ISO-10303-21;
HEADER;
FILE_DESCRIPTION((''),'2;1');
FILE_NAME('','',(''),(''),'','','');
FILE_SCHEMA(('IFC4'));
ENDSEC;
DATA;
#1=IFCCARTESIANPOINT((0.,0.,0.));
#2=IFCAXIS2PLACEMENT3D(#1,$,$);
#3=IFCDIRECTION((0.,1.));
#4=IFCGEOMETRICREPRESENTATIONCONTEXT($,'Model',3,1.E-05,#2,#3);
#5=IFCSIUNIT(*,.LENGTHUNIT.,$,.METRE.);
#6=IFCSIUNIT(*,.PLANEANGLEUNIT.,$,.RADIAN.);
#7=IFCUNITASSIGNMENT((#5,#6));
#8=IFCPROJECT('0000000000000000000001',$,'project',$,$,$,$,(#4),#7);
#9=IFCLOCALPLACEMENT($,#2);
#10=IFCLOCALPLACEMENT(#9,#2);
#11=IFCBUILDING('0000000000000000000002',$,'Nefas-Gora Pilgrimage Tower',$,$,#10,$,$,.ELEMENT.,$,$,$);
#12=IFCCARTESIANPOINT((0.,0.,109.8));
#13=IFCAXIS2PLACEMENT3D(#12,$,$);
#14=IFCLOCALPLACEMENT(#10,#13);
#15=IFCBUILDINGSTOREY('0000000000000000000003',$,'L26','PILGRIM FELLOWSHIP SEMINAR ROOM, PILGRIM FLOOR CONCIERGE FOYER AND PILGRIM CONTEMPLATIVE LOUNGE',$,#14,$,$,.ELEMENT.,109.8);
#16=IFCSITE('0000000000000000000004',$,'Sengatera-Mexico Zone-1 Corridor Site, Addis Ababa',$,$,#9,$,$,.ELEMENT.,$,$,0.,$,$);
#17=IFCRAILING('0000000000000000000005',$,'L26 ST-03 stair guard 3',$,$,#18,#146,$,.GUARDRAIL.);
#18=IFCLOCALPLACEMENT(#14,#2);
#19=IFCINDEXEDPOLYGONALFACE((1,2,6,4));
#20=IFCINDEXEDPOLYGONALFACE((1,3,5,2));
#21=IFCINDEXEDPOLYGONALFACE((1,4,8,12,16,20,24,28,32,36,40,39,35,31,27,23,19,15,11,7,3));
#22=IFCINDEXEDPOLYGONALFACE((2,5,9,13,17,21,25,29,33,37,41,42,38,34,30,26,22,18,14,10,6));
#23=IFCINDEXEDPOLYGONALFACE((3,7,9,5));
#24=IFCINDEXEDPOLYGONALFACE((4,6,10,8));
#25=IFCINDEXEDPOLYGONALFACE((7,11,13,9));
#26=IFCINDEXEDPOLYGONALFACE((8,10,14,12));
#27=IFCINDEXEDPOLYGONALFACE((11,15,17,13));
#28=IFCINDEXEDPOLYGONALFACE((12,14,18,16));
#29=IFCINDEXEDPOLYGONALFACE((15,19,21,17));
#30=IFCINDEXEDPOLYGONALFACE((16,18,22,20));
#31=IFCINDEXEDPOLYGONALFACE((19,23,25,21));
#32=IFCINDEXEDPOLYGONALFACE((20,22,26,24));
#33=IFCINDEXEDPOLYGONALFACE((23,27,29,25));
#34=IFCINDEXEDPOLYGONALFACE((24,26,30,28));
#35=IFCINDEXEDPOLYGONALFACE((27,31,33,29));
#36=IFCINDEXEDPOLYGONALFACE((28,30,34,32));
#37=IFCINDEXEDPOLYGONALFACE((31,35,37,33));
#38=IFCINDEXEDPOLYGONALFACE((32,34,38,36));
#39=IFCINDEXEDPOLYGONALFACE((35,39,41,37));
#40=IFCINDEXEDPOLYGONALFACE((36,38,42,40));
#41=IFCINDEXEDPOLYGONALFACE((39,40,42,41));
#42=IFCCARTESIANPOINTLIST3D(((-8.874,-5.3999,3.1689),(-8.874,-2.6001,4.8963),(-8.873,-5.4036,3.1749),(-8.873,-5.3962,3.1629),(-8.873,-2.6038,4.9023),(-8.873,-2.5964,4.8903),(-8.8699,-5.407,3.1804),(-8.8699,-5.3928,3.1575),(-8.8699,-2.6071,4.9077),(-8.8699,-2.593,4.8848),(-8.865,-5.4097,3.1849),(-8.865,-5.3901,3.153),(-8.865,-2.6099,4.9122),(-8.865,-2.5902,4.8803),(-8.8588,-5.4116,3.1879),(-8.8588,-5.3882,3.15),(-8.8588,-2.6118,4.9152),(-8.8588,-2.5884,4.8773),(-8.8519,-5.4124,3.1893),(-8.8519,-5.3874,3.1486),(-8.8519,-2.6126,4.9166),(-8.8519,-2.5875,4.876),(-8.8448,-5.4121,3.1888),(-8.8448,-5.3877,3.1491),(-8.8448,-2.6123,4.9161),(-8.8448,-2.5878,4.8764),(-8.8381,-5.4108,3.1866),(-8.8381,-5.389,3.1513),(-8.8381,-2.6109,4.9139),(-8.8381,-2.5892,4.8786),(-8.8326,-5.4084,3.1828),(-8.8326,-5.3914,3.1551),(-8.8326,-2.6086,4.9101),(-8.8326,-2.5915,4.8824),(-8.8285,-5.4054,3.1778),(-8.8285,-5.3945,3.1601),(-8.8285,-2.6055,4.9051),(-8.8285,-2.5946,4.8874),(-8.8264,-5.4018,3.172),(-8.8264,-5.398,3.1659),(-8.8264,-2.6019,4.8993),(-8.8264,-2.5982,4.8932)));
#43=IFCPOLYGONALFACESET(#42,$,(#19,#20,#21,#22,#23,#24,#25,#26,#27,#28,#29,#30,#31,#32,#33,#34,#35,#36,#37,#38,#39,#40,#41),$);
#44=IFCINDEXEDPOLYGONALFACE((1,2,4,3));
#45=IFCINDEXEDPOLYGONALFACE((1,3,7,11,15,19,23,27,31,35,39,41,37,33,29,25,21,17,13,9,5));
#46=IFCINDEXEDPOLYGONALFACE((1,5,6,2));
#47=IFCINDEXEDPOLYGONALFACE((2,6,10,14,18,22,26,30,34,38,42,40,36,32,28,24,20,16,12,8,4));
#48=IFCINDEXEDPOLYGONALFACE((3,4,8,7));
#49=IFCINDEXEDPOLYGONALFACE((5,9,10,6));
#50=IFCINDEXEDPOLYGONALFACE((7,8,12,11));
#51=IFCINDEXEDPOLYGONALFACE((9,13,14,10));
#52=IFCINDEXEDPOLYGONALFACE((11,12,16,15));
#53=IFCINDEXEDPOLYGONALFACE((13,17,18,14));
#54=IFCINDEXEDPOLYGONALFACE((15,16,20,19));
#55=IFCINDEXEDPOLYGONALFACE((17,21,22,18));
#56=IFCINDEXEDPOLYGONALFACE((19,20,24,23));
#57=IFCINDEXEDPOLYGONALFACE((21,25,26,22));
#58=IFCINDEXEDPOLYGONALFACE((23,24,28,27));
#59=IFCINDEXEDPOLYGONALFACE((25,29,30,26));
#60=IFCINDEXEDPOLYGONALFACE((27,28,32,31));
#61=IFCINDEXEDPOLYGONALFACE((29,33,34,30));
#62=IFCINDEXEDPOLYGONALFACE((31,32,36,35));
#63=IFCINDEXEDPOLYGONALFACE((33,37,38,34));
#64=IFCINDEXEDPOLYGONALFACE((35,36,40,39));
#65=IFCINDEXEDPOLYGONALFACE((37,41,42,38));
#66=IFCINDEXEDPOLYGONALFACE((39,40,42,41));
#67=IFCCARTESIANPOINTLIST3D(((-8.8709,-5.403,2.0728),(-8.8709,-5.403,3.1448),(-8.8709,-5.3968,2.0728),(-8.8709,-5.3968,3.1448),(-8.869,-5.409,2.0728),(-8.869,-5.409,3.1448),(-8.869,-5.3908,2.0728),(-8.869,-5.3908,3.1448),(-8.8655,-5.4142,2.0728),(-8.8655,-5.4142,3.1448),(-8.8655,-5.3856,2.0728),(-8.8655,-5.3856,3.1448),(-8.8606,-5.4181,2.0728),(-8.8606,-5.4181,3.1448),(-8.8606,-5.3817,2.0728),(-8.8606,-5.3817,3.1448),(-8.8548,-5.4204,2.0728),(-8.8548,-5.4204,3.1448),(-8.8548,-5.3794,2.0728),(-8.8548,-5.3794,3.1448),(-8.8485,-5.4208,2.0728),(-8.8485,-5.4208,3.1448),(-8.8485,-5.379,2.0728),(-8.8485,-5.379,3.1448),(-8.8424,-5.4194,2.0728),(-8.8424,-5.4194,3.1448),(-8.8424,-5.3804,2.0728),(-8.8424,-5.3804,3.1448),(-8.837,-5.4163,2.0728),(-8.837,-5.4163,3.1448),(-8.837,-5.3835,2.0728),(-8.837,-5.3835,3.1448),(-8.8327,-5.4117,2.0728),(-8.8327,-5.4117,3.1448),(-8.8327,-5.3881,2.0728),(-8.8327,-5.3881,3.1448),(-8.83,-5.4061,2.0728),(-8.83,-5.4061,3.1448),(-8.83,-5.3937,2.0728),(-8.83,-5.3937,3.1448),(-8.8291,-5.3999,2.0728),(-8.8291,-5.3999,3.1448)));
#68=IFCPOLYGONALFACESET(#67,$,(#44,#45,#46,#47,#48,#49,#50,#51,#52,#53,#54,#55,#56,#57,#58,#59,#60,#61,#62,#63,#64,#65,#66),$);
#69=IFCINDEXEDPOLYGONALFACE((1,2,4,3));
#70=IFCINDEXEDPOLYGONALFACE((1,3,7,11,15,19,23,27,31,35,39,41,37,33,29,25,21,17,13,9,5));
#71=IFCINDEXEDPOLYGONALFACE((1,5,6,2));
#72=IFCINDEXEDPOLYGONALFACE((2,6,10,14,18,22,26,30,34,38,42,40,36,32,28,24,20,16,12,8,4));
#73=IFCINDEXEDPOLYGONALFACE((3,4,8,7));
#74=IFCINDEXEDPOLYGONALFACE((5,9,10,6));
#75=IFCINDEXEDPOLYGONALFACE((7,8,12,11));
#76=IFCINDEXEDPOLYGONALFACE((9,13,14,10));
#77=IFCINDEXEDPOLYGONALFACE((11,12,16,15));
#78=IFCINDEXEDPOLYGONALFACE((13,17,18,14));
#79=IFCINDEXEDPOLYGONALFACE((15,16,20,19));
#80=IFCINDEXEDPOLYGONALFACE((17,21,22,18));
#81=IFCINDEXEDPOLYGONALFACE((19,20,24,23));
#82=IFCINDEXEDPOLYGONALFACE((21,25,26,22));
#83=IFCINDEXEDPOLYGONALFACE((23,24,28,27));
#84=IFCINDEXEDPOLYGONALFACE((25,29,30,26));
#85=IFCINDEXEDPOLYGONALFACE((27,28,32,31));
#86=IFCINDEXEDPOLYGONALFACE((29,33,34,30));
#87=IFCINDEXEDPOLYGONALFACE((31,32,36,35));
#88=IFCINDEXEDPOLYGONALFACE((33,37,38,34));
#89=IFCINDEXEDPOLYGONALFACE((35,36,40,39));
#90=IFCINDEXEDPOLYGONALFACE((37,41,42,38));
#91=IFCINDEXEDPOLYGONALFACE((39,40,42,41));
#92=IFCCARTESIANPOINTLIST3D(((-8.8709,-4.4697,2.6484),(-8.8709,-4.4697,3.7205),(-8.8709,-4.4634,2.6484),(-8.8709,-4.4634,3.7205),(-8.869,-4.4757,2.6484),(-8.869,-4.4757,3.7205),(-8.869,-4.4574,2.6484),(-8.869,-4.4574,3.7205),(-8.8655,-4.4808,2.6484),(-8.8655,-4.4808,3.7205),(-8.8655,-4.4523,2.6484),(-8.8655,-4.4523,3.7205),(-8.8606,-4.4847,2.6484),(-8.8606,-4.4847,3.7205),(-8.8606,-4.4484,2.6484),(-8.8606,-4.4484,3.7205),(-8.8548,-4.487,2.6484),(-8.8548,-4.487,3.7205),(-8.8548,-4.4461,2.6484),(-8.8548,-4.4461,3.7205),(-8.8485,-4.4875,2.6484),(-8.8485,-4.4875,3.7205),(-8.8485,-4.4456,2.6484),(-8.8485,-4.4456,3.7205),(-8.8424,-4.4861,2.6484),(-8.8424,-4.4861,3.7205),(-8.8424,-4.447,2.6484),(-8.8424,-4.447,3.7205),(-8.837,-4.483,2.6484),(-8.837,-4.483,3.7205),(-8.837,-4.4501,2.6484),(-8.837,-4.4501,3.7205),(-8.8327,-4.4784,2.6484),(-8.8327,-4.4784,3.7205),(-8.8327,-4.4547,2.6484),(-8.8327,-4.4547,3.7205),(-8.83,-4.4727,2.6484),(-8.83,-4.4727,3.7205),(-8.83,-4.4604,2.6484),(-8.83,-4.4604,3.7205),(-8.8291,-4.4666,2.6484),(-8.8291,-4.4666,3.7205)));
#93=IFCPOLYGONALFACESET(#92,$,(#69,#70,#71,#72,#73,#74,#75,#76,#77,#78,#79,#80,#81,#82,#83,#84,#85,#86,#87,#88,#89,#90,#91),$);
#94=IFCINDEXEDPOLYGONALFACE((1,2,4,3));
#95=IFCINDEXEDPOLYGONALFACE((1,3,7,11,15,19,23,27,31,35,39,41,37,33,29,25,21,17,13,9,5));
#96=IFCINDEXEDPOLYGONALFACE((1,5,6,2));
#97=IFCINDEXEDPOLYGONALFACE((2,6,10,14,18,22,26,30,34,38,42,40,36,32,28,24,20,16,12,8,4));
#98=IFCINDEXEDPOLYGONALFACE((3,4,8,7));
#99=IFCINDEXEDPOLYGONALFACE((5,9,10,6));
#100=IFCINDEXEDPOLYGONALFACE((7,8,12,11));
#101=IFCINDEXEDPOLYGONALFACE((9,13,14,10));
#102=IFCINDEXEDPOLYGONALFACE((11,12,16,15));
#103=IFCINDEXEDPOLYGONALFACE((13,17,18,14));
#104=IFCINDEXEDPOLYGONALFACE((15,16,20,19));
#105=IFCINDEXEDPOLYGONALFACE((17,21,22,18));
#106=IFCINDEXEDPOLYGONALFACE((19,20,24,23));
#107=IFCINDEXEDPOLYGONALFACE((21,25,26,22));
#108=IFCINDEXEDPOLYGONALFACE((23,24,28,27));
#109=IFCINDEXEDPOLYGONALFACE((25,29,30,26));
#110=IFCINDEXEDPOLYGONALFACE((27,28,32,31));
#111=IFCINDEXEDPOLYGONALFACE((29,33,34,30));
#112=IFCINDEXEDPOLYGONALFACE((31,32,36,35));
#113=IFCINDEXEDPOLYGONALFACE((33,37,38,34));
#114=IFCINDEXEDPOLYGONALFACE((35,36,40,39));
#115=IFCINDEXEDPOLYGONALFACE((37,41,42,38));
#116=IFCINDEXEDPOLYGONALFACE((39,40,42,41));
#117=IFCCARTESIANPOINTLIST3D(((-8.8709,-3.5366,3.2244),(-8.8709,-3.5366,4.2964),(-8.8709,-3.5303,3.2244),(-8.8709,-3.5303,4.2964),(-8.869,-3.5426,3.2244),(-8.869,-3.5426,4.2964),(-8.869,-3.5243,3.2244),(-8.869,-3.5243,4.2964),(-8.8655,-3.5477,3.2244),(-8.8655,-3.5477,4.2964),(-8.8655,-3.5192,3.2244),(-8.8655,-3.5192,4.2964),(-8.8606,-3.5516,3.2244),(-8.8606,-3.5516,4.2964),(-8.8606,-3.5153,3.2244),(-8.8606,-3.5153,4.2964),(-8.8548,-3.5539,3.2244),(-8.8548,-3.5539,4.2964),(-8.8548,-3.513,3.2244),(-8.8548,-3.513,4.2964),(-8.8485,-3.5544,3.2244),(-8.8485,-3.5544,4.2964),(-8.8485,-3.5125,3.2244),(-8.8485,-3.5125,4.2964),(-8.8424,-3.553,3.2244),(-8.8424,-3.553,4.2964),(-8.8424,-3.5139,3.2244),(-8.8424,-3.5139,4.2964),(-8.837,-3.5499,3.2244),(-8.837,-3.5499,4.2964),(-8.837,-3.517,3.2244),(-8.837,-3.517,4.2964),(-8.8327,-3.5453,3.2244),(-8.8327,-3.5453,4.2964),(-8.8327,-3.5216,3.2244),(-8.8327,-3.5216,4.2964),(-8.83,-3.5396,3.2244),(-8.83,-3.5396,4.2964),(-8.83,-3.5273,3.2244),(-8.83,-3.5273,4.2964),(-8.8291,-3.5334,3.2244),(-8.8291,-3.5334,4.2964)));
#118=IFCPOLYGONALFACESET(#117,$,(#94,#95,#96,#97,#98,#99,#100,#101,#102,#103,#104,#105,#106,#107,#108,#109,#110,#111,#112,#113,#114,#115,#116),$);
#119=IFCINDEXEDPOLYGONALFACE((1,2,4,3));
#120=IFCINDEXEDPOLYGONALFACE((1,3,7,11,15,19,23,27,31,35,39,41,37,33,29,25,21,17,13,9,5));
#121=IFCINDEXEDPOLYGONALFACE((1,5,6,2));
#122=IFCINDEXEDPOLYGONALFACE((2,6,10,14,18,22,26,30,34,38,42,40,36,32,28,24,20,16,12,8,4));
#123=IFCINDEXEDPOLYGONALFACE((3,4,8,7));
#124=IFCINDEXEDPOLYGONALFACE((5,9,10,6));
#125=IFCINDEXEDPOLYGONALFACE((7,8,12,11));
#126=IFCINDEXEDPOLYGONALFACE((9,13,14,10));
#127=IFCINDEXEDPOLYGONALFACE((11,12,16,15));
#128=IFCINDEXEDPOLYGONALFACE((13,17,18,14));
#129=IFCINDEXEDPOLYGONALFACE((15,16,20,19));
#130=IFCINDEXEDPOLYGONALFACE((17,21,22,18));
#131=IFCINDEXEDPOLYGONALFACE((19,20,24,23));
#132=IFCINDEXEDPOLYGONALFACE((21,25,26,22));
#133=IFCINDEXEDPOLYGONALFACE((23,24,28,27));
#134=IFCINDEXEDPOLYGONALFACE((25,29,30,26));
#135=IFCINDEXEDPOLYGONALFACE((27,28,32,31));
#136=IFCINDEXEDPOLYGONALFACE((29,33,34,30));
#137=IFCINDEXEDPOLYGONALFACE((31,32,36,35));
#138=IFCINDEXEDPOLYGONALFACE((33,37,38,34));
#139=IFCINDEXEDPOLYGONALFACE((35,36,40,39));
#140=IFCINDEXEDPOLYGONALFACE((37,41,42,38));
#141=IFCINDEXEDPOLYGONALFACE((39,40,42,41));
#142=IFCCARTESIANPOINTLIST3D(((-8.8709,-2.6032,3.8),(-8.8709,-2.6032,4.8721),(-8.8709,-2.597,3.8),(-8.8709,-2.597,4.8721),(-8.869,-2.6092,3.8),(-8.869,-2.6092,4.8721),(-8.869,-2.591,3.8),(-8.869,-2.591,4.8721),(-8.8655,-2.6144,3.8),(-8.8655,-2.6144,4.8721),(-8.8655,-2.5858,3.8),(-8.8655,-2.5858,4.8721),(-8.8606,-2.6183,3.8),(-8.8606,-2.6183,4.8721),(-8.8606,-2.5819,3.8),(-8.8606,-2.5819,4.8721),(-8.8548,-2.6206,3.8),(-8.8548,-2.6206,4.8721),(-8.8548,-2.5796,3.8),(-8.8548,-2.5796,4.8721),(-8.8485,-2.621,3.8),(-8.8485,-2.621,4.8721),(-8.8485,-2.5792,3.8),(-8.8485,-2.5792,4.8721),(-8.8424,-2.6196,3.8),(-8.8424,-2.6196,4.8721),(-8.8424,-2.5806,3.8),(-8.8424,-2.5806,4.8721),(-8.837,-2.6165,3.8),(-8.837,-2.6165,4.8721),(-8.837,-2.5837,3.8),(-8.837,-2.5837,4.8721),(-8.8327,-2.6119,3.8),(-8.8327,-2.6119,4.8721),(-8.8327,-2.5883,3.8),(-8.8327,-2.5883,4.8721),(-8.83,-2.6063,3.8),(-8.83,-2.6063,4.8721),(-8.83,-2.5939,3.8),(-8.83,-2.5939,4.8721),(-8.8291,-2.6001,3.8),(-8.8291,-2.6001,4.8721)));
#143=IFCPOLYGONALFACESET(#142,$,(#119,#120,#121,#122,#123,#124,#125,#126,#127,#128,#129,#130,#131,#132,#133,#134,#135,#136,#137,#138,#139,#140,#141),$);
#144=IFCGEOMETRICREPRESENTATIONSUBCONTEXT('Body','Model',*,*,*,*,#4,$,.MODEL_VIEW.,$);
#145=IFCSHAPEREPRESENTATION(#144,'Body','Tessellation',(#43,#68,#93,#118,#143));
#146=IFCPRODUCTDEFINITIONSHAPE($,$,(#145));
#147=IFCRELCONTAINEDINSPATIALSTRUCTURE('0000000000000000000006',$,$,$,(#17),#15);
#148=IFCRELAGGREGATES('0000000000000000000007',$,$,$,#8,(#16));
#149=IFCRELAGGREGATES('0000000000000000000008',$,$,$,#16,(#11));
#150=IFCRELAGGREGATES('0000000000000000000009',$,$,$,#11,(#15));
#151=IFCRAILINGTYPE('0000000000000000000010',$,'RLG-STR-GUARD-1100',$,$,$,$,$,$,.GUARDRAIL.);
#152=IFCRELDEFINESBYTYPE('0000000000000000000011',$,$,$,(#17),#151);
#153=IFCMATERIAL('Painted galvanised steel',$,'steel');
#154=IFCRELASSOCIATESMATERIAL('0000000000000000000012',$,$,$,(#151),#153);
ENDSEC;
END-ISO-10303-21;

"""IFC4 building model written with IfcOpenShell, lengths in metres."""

from ifc_helpers import new_model, si_unit, direction, frame, origin, origin_2d, place, context, subcontext, project, spatial, circle, extrude, material, type_object, element, save


model = new_model("IFC4")

# Units and contexts
model_context = context("Model", 3, precision=1e-05, world=origin(), true_north=direction((0.0, 1.0)))
body_context = subcontext(model_context, "Body", "Model", "MODEL_VIEW")
ifc_project = project(units=[si_unit("LENGTHUNIT", "METRE"), si_unit("PLANEANGLEUNIT", "RADIAN")], contexts=[model_context])

# Site, building, storey
site_placement = place(None, origin())
site = spatial("IfcSite", under=ifc_project, at=site_placement, Name="Sengatera-Mexico Zone-1 Corridor Site, Addis Ababa", CompositionType="ELEMENT", RefElevation=0.0)
building_placement = place(site_placement, origin())
building = spatial("IfcBuilding", under=site, at=building_placement, Name="Nefas-Gora Pilgrimage Tower", CompositionType="ELEMENT")
storey_placement = place(building_placement, frame((0.0, 0.0, 109.8)))
storey = spatial("IfcBuildingStorey", under=building, at=storey_placement, Name="L26", Description="PILGRIM FELLOWSHIP SEMINAR ROOM, PILGRIM FLOOR CONCIERGE FOYER AND PILGRIM CONTEMPLATIVE LOUNGE", CompositionType="ELEMENT", Elevation=109.8)

# Railing
ifc_material_1 = material(Name="Painted galvanised steel", Category="steel")
railing_type_1 = type_object("IfcRailingType", Name="RLG-STR-GUARD-1100", PredefinedType="GUARDRAIL", material=ifc_material_1)
railing_1_placement = place(storey_placement, frame((-8.8501, -5.3999, 2.0728)))
element("IfcRailing", 1, at=railing_1_placement, inside=storey, type_object=railing_type_1, Name="L26 ST-03 stair guard 3", PredefinedType="GUARDRAIL", context=body_context, shape_type="SweptSolid", body=[
    extrude(circle(Radius=0.0239, at=origin_2d()), frame((0.0, 0.0, 1.0962), z_axis=(0.0, 0.851069, 0.525054), x_axis=(-1.0, 0.0, 0.0)), (0.0, 0.0, 1.0), 3.2898),
    extrude(circle(Radius=0.021, at=origin_2d()), origin(), (0.0, 0.0, 1.0), 1.072),
    extrude(circle(Radius=0.021, at=origin_2d()), frame((0.0, 0.9333, 0.5757)), (0.0, 0.0, 1.0), 1.072),
    extrude(circle(Radius=0.021, at=origin_2d()), frame((0.0, 1.8665, 1.1516)), (0.0, 0.0, 1.0), 1.072),
    extrude(circle(Radius=0.021, at=origin_2d()), frame((0.0, 2.7998, 1.7273)), (0.0, 0.0, 1.0), 1.072),
])

save(model, "model.ifc")
